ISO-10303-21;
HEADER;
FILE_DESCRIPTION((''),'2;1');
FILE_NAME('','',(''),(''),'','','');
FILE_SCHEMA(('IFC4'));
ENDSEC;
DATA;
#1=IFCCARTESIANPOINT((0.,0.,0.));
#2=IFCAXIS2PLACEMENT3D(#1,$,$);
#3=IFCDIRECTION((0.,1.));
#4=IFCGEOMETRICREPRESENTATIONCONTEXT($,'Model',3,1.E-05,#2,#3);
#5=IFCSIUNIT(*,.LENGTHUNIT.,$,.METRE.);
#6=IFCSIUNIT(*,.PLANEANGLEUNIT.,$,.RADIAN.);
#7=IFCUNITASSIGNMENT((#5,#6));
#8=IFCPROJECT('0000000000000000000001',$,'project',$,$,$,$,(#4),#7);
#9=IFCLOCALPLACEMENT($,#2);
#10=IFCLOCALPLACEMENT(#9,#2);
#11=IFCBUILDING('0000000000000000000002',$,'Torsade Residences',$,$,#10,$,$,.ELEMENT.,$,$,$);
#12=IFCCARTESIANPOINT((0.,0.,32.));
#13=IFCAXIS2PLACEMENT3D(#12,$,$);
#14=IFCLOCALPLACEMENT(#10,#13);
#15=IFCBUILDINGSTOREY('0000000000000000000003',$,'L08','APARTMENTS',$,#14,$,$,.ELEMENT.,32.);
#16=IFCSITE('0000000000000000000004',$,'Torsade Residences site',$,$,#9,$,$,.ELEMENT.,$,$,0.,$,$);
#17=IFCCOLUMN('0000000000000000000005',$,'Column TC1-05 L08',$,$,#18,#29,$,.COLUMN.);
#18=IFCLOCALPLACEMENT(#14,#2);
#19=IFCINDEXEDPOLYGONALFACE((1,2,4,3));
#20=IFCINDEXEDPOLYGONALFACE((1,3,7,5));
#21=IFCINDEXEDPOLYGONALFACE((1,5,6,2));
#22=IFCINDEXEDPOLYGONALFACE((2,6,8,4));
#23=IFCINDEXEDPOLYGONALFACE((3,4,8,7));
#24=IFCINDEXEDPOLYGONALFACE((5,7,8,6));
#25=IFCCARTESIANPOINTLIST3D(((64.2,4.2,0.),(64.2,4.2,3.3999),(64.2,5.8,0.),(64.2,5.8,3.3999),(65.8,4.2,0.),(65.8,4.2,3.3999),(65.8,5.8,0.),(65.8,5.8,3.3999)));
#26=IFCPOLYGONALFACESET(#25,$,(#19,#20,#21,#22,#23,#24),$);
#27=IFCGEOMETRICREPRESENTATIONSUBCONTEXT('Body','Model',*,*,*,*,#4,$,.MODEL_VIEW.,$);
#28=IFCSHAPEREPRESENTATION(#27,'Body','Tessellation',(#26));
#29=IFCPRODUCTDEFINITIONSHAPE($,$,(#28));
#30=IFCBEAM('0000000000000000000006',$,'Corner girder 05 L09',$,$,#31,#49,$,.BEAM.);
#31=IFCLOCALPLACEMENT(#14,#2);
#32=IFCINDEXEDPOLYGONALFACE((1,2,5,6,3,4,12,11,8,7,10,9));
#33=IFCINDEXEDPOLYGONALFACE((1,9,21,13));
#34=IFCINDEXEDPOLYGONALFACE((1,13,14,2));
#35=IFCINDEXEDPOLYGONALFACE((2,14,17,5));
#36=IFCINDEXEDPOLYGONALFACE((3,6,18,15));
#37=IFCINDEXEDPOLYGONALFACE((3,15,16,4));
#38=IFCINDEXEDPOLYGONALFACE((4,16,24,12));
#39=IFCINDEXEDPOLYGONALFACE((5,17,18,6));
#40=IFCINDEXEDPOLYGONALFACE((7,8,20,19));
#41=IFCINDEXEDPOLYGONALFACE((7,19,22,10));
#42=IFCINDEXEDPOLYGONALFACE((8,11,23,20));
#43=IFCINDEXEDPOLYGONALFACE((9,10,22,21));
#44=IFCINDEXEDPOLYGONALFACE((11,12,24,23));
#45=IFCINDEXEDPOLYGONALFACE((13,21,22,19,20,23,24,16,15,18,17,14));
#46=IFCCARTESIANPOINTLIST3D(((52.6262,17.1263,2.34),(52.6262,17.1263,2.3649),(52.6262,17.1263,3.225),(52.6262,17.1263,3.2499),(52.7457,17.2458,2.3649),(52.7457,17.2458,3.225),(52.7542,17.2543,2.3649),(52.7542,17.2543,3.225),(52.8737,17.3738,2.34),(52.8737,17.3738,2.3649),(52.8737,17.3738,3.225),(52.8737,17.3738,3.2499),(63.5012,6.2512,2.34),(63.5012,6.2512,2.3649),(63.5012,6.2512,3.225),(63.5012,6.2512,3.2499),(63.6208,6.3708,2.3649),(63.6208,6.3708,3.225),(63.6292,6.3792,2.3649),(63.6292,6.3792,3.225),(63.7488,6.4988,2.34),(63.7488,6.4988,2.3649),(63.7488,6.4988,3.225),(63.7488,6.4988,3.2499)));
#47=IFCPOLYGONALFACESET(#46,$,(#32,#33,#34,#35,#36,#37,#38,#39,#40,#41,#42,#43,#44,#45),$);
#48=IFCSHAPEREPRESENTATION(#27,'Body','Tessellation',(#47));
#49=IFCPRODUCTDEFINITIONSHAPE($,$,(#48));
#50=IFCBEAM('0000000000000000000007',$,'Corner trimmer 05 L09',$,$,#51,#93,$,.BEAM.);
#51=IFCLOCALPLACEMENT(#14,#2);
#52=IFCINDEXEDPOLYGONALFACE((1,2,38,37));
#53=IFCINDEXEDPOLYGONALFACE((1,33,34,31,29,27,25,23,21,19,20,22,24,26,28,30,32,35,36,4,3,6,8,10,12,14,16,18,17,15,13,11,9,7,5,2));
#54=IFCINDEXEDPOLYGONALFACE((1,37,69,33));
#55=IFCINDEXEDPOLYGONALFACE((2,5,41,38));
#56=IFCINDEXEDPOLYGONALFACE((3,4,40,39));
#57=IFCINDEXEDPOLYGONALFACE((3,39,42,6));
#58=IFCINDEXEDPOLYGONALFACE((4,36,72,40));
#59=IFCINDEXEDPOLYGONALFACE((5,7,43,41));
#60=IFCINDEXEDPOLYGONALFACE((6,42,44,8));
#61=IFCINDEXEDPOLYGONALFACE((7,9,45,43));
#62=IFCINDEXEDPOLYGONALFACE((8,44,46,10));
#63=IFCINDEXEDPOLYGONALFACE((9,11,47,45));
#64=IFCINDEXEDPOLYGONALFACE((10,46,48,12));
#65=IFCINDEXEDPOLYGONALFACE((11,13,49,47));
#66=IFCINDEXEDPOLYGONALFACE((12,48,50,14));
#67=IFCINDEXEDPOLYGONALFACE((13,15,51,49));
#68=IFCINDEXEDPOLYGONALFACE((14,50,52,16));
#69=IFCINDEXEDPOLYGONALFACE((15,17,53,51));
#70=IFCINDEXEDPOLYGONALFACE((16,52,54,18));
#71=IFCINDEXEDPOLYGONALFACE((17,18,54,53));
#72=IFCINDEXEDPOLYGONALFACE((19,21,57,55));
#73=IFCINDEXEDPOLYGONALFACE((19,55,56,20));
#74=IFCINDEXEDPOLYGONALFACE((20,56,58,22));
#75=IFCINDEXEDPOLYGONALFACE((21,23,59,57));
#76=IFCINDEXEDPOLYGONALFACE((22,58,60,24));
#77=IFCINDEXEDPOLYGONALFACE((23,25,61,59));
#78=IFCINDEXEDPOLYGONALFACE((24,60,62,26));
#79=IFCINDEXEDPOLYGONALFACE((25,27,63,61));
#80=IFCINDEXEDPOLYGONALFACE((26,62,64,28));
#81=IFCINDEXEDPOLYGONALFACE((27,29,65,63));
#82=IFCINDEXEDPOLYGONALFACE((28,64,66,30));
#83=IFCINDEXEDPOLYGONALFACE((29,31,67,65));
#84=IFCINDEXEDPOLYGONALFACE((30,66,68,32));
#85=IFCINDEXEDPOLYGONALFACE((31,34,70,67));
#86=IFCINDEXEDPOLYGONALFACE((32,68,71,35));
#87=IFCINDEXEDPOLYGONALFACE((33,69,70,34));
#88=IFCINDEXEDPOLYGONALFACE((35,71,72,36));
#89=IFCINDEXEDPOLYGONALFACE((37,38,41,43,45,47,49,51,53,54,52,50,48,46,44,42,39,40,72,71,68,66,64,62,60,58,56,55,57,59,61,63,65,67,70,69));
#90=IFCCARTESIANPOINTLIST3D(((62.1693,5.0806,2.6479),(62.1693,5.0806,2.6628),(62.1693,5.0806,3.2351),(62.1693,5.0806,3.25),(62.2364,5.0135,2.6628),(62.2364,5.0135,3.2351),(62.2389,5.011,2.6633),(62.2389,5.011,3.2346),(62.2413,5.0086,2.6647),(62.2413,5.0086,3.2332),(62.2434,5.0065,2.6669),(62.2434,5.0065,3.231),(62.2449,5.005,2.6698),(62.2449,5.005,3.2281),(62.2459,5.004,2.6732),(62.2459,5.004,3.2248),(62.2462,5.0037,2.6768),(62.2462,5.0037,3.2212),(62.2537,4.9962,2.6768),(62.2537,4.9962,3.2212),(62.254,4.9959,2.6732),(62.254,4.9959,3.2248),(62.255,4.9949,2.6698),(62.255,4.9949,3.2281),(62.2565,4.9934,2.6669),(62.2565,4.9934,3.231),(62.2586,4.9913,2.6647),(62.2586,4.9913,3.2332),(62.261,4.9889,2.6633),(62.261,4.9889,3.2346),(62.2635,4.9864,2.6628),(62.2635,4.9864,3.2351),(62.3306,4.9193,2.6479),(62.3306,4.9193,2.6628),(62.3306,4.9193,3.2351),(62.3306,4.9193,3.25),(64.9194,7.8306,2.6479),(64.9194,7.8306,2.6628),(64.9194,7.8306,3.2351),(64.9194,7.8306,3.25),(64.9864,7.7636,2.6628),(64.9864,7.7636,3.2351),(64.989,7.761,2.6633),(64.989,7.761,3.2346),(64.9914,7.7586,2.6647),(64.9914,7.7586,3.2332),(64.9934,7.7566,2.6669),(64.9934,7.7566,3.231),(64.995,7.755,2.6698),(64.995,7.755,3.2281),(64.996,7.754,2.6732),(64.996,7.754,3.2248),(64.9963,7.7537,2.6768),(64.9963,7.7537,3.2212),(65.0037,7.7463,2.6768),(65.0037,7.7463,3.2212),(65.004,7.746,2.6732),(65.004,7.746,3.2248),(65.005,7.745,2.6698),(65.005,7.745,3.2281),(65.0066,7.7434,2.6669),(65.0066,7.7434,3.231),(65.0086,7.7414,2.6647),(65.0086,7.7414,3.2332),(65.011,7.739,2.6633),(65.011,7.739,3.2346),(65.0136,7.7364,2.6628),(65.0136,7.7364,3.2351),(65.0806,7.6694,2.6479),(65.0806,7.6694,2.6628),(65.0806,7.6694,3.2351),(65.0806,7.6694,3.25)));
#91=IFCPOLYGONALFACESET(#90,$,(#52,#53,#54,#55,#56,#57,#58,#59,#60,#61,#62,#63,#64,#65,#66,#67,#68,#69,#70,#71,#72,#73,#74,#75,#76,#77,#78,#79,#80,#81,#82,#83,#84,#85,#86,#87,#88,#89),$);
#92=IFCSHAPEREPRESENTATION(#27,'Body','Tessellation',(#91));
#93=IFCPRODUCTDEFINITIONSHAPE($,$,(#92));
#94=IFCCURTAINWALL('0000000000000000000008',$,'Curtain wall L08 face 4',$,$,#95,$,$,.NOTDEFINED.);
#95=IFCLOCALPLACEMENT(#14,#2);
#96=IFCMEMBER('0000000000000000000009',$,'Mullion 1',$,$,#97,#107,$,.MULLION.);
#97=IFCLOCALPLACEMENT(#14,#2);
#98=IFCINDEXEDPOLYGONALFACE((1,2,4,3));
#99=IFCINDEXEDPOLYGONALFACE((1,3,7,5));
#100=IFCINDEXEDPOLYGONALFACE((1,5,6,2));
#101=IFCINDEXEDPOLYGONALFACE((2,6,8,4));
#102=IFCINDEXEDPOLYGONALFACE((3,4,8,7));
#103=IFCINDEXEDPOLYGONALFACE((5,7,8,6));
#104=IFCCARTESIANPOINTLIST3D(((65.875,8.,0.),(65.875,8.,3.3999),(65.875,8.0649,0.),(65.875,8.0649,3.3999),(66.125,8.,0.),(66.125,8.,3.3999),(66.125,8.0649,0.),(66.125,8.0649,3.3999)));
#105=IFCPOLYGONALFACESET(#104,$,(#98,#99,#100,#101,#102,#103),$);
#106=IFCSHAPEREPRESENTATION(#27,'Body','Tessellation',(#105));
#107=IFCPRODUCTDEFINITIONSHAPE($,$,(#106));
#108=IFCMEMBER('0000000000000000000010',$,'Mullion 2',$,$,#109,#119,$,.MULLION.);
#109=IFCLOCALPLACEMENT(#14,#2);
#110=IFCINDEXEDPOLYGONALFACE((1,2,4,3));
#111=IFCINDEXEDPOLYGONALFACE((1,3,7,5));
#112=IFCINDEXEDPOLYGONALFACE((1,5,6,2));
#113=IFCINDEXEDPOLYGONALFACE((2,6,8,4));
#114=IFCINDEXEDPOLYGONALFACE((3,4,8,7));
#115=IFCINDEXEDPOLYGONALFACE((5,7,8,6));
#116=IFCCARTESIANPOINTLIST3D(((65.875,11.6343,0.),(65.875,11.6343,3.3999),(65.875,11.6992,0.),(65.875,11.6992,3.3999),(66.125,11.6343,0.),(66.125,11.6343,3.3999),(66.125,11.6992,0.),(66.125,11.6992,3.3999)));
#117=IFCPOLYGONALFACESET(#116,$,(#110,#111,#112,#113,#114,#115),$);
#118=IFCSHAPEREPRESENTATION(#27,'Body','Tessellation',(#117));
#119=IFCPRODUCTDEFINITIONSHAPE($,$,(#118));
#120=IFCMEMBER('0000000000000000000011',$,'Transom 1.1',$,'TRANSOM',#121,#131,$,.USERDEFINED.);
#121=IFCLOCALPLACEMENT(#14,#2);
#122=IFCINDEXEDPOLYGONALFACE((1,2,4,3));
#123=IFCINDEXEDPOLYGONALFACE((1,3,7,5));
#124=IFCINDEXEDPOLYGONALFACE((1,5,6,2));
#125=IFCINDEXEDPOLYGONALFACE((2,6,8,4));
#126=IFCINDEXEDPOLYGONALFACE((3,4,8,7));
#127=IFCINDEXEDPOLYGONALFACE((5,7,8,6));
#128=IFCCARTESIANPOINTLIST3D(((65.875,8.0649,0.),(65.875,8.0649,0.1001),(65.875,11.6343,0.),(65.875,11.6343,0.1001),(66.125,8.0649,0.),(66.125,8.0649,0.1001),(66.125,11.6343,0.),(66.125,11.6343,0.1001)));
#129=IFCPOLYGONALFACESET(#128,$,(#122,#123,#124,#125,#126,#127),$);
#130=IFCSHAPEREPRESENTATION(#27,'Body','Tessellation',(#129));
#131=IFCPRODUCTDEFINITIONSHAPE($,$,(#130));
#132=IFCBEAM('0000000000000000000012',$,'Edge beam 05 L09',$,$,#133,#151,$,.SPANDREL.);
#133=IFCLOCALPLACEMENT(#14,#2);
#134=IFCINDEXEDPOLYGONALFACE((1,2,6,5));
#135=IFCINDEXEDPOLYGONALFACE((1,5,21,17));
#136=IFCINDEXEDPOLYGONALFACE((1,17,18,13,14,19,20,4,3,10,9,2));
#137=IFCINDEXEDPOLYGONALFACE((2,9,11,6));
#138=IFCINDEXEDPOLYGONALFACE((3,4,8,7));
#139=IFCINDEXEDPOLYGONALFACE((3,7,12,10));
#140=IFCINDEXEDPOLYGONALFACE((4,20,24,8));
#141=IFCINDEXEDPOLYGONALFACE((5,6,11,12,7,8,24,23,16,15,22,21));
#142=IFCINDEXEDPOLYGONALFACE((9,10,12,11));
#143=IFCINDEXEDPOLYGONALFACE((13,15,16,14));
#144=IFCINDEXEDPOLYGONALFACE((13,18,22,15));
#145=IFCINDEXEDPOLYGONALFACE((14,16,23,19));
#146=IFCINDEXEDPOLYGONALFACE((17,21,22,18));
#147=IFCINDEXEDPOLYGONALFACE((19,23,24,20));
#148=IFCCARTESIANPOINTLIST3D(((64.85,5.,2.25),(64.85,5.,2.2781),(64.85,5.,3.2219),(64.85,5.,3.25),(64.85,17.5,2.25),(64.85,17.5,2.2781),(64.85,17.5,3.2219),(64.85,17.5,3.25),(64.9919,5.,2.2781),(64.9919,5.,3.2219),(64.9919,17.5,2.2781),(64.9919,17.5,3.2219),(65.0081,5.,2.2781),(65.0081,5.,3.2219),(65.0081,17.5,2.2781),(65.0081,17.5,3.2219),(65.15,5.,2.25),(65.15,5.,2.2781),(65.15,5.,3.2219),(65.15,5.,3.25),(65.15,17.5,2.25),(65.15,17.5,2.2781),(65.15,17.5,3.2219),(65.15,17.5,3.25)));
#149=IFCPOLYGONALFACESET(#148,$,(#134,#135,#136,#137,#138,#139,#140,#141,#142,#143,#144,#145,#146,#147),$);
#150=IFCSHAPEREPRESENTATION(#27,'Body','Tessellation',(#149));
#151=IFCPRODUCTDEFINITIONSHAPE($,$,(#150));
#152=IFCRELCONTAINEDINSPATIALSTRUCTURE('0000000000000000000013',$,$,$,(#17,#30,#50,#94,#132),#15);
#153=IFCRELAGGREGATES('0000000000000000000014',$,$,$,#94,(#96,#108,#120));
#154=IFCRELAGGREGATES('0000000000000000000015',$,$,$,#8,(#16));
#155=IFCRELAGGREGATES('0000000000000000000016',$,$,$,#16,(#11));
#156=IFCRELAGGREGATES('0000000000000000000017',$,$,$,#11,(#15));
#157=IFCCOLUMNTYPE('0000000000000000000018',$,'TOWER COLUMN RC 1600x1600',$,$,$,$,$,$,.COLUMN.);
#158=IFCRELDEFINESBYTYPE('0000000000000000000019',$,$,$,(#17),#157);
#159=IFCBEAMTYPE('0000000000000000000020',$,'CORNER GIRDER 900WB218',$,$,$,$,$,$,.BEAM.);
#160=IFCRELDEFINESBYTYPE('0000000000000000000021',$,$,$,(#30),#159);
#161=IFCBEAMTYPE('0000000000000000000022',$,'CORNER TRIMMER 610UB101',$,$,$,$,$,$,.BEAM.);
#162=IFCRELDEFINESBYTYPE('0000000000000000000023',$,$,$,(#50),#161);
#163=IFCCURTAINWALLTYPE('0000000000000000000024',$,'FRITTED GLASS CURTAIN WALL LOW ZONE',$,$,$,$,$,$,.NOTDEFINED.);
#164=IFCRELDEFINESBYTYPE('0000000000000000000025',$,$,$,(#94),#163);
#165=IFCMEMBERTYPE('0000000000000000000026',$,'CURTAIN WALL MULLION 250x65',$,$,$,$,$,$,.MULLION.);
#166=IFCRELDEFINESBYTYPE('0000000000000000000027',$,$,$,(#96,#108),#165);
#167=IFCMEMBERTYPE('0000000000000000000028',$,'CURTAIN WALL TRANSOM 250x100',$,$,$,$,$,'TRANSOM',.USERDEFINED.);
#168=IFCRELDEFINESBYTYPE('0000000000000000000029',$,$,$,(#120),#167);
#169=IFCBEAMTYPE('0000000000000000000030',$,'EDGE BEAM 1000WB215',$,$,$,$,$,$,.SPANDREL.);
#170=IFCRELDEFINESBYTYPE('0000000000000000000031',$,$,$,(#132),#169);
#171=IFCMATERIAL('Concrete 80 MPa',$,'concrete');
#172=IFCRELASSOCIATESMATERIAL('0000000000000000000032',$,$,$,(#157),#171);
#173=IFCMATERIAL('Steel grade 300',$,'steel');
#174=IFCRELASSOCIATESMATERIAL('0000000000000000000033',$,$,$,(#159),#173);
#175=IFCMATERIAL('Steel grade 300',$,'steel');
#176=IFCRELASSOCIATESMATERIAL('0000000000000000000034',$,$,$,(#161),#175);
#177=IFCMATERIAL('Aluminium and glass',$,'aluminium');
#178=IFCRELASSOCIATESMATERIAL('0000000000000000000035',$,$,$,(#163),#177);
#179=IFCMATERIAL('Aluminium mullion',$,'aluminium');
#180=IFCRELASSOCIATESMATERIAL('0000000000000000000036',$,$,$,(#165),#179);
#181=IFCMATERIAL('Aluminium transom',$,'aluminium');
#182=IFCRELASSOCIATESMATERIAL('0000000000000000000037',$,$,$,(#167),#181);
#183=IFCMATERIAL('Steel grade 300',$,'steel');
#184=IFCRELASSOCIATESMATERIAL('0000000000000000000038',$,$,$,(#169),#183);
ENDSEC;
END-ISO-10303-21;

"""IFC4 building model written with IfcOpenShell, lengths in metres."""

from ifc_helpers import new_model, si_unit, direction, frame, origin, origin_2d, place, context, subcontext, project, spatial, rectangle, i_section, extrude, material, material_profile, profile_set, type_object, element, aggregate, save


model = new_model("IFC4")

# Units and contexts
model_context = context("Model", 3, precision=1e-05, world=origin(), true_north=direction((0.0, 1.0)))
body_context = subcontext(model_context, "Body", "Model", "MODEL_VIEW")
ifc_project = project(units=[si_unit("LENGTHUNIT", "METRE"), si_unit("PLANEANGLEUNIT", "RADIAN")], contexts=[model_context])

# Site, building, storey
site_placement = place(None, origin())
site = spatial("IfcSite", under=ifc_project, at=site_placement, Name="Torsade Residences site", CompositionType="ELEMENT", RefElevation=0.0)
building_placement = place(site_placement, origin())
building = spatial("IfcBuilding", under=site, at=building_placement, Name="Torsade Residences", CompositionType="ELEMENT")
storey_placement = place(building_placement, frame((0.0, 0.0, 32.0)))
storey = spatial("IfcBuildingStorey", under=building, at=storey_placement, Name="L08", Description="APARTMENTS", CompositionType="ELEMENT", Elevation=32.0)

# Column
ifc_material_1 = material(Name="Concrete 80 MPa", Category="concrete")
ifc_material_profile_1 = material_profile(ifc_material_1, rectangle(XDim=1.6001, YDim=1.6001, at=origin_2d()), Name="RC 1600x1600")
ifc_profile_set_1 = profile_set([ifc_material_profile_1], Name="Concrete 80 MPa")
column_type = type_object("IfcColumnType", Name="TOWER COLUMN RC 1600x1600", PredefinedType="COLUMN", material=ifc_profile_set_1)
column_placement = place(storey_placement, frame((65.0, 5.0, 0.0), z_axis=(0.0, 0.0, 1.0), x_axis=(1.0, 0.0, 0.0)))
element("IfcColumn", 1, at=column_placement, inside=storey, type_object=column_type, Name="Column TC1-05 L08", PredefinedType="COLUMN", context=body_context, shape_type="SweptSolid", body=[
    extrude(rectangle(XDim=1.6001, YDim=1.6001, at=origin_2d()), origin(), (0.0, 0.0, 1.0), 3.3999),
])

# Beams
ifc_material_2 = material(Name="Steel grade 300", Category="steel")
ifc_material_profile_2 = material_profile(ifc_material_2, i_section(OverallWidth=0.3501, OverallDepth=0.9099, WebThickness=0.012, FlangeThickness=0.0249, at=origin_2d()), Name="900WB218")
ifc_profile_set_2 = profile_set([ifc_material_profile_2], Name="Steel grade 300")
beam_type_1 = type_object("IfcBeamType", Name="CORNER GIRDER 900WB218", PredefinedType="BEAM", material=ifc_profile_set_2)
beam_1_placement = place(storey_placement, frame((63.625, 6.375, 2.7949), z_axis=(-0.707107, 0.707107, 0.0), x_axis=(-0.707107, -0.707107, 0.0)))
element("IfcBeam", 2, at=beam_1_placement, inside=storey, type_object=beam_type_1, Name="Corner girder 05 L09", PredefinedType="BEAM", context=body_context, shape_type="SweptSolid", body=[
    extrude(i_section(OverallWidth=0.3501, OverallDepth=0.9099, WebThickness=0.012, FlangeThickness=0.0249, at=origin_2d()), origin(), (0.0, 0.0, 1.0), 15.3796),
])
ifc_material_3 = material(Name="Steel grade 300", Category="steel")
ifc_material_profile_3 = material_profile(ifc_material_3, i_section(OverallWidth=0.228, OverallDepth=0.6021, WebThickness=0.0105, FlangeThickness=0.0149, FilletRadius=0.0139, at=origin_2d()), Name="610UB101")
ifc_profile_set_3 = profile_set([ifc_material_profile_3], Name="Steel grade 300")
beam_type_2 = type_object("IfcBeamType", Name="CORNER TRIMMER 610UB101", PredefinedType="BEAM", material=ifc_profile_set_3)
beam_2_placement = place(storey_placement, frame((65.0, 7.75, 2.949), z_axis=(-0.707107, -0.707107, 0.0), x_axis=(0.707107, -0.707107, 0.0)))
element("IfcBeam", 3, at=beam_2_placement, inside=storey, type_object=beam_type_2, Name="Corner trimmer 05 L09", PredefinedType="BEAM", context=body_context, shape_type="SweptSolid", body=[
    extrude(i_section(OverallWidth=0.228, OverallDepth=0.6021, WebThickness=0.0105, FlangeThickness=0.0149, FilletRadius=0.0139, at=origin_2d()), origin(), (0.0, 0.0, 1.0), 3.8892),
])

# Curtain wall, members
ifc_material_4 = material(Name="Aluminium and glass", Category="aluminium")
curtain_wall_type = type_object("IfcCurtainWallType", Name="FRITTED GLASS CURTAIN WALL LOW ZONE", PredefinedType="NOTDEFINED", material=ifc_material_4)
curtain_wall_placement = place(storey_placement, origin())
curtain_wall = element("IfcCurtainWall", 4, at=curtain_wall_placement, inside=storey, type_object=curtain_wall_type, Name="Curtain wall L08 face 4", PredefinedType="NOTDEFINED")
ifc_material_5 = material(Name="Aluminium mullion", Category="aluminium")
ifc_material_profile_4 = material_profile(ifc_material_5, rectangle(XDim=0.25, YDim=0.0649, at=origin_2d()), Name="CURTAIN WALL MULLION 250x65")
ifc_profile_set_4 = profile_set([ifc_material_profile_4], Name="Aluminium mullion")
member_type_1 = type_object("IfcMemberType", Name="CURTAIN WALL MULLION 250x65", PredefinedType="MULLION", material=ifc_profile_set_4)
member_1_placement = place(storey_placement, frame((66.0, 8.0325, 0.0), z_axis=(0.0, 0.0, 1.0), x_axis=(-1.0, 0.0, 0.0)))
member_1 = element("IfcMember", 5, at=member_1_placement, type_object=member_type_1, Name="Mullion 1", PredefinedType="MULLION", context=body_context, shape_type="SweptSolid", body=[
    extrude(rectangle(XDim=0.25, YDim=0.0649, at=origin_2d()), origin(), (0.0, 0.0, 1.0), 3.3999),
])
member_2_placement = place(storey_placement, frame((66.0, 11.6667, 0.0), z_axis=(0.0, 0.0, 1.0), x_axis=(-1.0, 0.0, 0.0)))
member_2 = element("IfcMember", 6, at=member_2_placement, type_object=member_type_1, Name="Mullion 2", PredefinedType="MULLION", context=body_context, shape_type="SweptSolid", body=[
    extrude(rectangle(XDim=0.25, YDim=0.0649, at=origin_2d()), origin(), (0.0, 0.0, 1.0), 3.3999),
])
ifc_material_6 = material(Name="Aluminium transom", Category="aluminium")
ifc_material_profile_5 = material_profile(ifc_material_6, rectangle(XDim=0.25, YDim=0.1001, at=origin_2d()), Name="CURTAIN WALL TRANSOM 250x100")
ifc_profile_set_5 = profile_set([ifc_material_profile_5], Name="Aluminium transom")
member_type_2 = type_object("IfcMemberType", Name="CURTAIN WALL TRANSOM 250x100", ElementType="TRANSOM", PredefinedType="USERDEFINED", material=ifc_profile_set_5)
member_3_placement = place(storey_placement, frame((66.0, 8.0649, 0.05), z_axis=(0.0, 1.0, 0.0), x_axis=(-1.0, 0.0, 0.0)))
member_3 = element("IfcMember", 7, at=member_3_placement, type_object=member_type_2, Name="Transom 1.1", ObjectType="TRANSOM", PredefinedType="USERDEFINED", context=body_context, shape_type="SweptSolid", body=[
    extrude(rectangle(XDim=0.25, YDim=0.1001, at=origin_2d()), origin(), (0.0, 0.0, 1.0), 3.5693),
])

# Beam
ifc_material_7 = material(Name="Steel grade 300", Category="steel")
ifc_material_profile_6 = material_profile(ifc_material_7, i_section(OverallWidth=0.3, OverallDepth=1.0, WebThickness=0.0161, FlangeThickness=0.0281, at=origin_2d()), Name="1000WB215")
ifc_profile_set_6 = profile_set([ifc_material_profile_6], Name="Steel grade 300")
beam_type_3 = type_object("IfcBeamType", Name="EDGE BEAM 1000WB215", PredefinedType="SPANDREL", material=ifc_profile_set_6)
beam_3_placement = place(storey_placement, frame((65.0, 5.0, 2.75), z_axis=(0.0, 1.0, 0.0), x_axis=(-1.0, 0.0, 0.0)))
element("IfcBeam", 8, at=beam_3_placement, inside=storey, type_object=beam_type_3, Name="Edge beam 05 L09", PredefinedType="SPANDREL", context=body_context, shape_type="SweptSolid", body=[
    extrude(i_section(OverallWidth=0.3, OverallDepth=1.0, WebThickness=0.0161, FlangeThickness=0.0281, at=origin_2d()), origin(), (0.0, 0.0, 1.0), 12.5),
])

aggregate(curtain_wall, [member_1, member_2, member_3])

save(model, "model.ifc")
